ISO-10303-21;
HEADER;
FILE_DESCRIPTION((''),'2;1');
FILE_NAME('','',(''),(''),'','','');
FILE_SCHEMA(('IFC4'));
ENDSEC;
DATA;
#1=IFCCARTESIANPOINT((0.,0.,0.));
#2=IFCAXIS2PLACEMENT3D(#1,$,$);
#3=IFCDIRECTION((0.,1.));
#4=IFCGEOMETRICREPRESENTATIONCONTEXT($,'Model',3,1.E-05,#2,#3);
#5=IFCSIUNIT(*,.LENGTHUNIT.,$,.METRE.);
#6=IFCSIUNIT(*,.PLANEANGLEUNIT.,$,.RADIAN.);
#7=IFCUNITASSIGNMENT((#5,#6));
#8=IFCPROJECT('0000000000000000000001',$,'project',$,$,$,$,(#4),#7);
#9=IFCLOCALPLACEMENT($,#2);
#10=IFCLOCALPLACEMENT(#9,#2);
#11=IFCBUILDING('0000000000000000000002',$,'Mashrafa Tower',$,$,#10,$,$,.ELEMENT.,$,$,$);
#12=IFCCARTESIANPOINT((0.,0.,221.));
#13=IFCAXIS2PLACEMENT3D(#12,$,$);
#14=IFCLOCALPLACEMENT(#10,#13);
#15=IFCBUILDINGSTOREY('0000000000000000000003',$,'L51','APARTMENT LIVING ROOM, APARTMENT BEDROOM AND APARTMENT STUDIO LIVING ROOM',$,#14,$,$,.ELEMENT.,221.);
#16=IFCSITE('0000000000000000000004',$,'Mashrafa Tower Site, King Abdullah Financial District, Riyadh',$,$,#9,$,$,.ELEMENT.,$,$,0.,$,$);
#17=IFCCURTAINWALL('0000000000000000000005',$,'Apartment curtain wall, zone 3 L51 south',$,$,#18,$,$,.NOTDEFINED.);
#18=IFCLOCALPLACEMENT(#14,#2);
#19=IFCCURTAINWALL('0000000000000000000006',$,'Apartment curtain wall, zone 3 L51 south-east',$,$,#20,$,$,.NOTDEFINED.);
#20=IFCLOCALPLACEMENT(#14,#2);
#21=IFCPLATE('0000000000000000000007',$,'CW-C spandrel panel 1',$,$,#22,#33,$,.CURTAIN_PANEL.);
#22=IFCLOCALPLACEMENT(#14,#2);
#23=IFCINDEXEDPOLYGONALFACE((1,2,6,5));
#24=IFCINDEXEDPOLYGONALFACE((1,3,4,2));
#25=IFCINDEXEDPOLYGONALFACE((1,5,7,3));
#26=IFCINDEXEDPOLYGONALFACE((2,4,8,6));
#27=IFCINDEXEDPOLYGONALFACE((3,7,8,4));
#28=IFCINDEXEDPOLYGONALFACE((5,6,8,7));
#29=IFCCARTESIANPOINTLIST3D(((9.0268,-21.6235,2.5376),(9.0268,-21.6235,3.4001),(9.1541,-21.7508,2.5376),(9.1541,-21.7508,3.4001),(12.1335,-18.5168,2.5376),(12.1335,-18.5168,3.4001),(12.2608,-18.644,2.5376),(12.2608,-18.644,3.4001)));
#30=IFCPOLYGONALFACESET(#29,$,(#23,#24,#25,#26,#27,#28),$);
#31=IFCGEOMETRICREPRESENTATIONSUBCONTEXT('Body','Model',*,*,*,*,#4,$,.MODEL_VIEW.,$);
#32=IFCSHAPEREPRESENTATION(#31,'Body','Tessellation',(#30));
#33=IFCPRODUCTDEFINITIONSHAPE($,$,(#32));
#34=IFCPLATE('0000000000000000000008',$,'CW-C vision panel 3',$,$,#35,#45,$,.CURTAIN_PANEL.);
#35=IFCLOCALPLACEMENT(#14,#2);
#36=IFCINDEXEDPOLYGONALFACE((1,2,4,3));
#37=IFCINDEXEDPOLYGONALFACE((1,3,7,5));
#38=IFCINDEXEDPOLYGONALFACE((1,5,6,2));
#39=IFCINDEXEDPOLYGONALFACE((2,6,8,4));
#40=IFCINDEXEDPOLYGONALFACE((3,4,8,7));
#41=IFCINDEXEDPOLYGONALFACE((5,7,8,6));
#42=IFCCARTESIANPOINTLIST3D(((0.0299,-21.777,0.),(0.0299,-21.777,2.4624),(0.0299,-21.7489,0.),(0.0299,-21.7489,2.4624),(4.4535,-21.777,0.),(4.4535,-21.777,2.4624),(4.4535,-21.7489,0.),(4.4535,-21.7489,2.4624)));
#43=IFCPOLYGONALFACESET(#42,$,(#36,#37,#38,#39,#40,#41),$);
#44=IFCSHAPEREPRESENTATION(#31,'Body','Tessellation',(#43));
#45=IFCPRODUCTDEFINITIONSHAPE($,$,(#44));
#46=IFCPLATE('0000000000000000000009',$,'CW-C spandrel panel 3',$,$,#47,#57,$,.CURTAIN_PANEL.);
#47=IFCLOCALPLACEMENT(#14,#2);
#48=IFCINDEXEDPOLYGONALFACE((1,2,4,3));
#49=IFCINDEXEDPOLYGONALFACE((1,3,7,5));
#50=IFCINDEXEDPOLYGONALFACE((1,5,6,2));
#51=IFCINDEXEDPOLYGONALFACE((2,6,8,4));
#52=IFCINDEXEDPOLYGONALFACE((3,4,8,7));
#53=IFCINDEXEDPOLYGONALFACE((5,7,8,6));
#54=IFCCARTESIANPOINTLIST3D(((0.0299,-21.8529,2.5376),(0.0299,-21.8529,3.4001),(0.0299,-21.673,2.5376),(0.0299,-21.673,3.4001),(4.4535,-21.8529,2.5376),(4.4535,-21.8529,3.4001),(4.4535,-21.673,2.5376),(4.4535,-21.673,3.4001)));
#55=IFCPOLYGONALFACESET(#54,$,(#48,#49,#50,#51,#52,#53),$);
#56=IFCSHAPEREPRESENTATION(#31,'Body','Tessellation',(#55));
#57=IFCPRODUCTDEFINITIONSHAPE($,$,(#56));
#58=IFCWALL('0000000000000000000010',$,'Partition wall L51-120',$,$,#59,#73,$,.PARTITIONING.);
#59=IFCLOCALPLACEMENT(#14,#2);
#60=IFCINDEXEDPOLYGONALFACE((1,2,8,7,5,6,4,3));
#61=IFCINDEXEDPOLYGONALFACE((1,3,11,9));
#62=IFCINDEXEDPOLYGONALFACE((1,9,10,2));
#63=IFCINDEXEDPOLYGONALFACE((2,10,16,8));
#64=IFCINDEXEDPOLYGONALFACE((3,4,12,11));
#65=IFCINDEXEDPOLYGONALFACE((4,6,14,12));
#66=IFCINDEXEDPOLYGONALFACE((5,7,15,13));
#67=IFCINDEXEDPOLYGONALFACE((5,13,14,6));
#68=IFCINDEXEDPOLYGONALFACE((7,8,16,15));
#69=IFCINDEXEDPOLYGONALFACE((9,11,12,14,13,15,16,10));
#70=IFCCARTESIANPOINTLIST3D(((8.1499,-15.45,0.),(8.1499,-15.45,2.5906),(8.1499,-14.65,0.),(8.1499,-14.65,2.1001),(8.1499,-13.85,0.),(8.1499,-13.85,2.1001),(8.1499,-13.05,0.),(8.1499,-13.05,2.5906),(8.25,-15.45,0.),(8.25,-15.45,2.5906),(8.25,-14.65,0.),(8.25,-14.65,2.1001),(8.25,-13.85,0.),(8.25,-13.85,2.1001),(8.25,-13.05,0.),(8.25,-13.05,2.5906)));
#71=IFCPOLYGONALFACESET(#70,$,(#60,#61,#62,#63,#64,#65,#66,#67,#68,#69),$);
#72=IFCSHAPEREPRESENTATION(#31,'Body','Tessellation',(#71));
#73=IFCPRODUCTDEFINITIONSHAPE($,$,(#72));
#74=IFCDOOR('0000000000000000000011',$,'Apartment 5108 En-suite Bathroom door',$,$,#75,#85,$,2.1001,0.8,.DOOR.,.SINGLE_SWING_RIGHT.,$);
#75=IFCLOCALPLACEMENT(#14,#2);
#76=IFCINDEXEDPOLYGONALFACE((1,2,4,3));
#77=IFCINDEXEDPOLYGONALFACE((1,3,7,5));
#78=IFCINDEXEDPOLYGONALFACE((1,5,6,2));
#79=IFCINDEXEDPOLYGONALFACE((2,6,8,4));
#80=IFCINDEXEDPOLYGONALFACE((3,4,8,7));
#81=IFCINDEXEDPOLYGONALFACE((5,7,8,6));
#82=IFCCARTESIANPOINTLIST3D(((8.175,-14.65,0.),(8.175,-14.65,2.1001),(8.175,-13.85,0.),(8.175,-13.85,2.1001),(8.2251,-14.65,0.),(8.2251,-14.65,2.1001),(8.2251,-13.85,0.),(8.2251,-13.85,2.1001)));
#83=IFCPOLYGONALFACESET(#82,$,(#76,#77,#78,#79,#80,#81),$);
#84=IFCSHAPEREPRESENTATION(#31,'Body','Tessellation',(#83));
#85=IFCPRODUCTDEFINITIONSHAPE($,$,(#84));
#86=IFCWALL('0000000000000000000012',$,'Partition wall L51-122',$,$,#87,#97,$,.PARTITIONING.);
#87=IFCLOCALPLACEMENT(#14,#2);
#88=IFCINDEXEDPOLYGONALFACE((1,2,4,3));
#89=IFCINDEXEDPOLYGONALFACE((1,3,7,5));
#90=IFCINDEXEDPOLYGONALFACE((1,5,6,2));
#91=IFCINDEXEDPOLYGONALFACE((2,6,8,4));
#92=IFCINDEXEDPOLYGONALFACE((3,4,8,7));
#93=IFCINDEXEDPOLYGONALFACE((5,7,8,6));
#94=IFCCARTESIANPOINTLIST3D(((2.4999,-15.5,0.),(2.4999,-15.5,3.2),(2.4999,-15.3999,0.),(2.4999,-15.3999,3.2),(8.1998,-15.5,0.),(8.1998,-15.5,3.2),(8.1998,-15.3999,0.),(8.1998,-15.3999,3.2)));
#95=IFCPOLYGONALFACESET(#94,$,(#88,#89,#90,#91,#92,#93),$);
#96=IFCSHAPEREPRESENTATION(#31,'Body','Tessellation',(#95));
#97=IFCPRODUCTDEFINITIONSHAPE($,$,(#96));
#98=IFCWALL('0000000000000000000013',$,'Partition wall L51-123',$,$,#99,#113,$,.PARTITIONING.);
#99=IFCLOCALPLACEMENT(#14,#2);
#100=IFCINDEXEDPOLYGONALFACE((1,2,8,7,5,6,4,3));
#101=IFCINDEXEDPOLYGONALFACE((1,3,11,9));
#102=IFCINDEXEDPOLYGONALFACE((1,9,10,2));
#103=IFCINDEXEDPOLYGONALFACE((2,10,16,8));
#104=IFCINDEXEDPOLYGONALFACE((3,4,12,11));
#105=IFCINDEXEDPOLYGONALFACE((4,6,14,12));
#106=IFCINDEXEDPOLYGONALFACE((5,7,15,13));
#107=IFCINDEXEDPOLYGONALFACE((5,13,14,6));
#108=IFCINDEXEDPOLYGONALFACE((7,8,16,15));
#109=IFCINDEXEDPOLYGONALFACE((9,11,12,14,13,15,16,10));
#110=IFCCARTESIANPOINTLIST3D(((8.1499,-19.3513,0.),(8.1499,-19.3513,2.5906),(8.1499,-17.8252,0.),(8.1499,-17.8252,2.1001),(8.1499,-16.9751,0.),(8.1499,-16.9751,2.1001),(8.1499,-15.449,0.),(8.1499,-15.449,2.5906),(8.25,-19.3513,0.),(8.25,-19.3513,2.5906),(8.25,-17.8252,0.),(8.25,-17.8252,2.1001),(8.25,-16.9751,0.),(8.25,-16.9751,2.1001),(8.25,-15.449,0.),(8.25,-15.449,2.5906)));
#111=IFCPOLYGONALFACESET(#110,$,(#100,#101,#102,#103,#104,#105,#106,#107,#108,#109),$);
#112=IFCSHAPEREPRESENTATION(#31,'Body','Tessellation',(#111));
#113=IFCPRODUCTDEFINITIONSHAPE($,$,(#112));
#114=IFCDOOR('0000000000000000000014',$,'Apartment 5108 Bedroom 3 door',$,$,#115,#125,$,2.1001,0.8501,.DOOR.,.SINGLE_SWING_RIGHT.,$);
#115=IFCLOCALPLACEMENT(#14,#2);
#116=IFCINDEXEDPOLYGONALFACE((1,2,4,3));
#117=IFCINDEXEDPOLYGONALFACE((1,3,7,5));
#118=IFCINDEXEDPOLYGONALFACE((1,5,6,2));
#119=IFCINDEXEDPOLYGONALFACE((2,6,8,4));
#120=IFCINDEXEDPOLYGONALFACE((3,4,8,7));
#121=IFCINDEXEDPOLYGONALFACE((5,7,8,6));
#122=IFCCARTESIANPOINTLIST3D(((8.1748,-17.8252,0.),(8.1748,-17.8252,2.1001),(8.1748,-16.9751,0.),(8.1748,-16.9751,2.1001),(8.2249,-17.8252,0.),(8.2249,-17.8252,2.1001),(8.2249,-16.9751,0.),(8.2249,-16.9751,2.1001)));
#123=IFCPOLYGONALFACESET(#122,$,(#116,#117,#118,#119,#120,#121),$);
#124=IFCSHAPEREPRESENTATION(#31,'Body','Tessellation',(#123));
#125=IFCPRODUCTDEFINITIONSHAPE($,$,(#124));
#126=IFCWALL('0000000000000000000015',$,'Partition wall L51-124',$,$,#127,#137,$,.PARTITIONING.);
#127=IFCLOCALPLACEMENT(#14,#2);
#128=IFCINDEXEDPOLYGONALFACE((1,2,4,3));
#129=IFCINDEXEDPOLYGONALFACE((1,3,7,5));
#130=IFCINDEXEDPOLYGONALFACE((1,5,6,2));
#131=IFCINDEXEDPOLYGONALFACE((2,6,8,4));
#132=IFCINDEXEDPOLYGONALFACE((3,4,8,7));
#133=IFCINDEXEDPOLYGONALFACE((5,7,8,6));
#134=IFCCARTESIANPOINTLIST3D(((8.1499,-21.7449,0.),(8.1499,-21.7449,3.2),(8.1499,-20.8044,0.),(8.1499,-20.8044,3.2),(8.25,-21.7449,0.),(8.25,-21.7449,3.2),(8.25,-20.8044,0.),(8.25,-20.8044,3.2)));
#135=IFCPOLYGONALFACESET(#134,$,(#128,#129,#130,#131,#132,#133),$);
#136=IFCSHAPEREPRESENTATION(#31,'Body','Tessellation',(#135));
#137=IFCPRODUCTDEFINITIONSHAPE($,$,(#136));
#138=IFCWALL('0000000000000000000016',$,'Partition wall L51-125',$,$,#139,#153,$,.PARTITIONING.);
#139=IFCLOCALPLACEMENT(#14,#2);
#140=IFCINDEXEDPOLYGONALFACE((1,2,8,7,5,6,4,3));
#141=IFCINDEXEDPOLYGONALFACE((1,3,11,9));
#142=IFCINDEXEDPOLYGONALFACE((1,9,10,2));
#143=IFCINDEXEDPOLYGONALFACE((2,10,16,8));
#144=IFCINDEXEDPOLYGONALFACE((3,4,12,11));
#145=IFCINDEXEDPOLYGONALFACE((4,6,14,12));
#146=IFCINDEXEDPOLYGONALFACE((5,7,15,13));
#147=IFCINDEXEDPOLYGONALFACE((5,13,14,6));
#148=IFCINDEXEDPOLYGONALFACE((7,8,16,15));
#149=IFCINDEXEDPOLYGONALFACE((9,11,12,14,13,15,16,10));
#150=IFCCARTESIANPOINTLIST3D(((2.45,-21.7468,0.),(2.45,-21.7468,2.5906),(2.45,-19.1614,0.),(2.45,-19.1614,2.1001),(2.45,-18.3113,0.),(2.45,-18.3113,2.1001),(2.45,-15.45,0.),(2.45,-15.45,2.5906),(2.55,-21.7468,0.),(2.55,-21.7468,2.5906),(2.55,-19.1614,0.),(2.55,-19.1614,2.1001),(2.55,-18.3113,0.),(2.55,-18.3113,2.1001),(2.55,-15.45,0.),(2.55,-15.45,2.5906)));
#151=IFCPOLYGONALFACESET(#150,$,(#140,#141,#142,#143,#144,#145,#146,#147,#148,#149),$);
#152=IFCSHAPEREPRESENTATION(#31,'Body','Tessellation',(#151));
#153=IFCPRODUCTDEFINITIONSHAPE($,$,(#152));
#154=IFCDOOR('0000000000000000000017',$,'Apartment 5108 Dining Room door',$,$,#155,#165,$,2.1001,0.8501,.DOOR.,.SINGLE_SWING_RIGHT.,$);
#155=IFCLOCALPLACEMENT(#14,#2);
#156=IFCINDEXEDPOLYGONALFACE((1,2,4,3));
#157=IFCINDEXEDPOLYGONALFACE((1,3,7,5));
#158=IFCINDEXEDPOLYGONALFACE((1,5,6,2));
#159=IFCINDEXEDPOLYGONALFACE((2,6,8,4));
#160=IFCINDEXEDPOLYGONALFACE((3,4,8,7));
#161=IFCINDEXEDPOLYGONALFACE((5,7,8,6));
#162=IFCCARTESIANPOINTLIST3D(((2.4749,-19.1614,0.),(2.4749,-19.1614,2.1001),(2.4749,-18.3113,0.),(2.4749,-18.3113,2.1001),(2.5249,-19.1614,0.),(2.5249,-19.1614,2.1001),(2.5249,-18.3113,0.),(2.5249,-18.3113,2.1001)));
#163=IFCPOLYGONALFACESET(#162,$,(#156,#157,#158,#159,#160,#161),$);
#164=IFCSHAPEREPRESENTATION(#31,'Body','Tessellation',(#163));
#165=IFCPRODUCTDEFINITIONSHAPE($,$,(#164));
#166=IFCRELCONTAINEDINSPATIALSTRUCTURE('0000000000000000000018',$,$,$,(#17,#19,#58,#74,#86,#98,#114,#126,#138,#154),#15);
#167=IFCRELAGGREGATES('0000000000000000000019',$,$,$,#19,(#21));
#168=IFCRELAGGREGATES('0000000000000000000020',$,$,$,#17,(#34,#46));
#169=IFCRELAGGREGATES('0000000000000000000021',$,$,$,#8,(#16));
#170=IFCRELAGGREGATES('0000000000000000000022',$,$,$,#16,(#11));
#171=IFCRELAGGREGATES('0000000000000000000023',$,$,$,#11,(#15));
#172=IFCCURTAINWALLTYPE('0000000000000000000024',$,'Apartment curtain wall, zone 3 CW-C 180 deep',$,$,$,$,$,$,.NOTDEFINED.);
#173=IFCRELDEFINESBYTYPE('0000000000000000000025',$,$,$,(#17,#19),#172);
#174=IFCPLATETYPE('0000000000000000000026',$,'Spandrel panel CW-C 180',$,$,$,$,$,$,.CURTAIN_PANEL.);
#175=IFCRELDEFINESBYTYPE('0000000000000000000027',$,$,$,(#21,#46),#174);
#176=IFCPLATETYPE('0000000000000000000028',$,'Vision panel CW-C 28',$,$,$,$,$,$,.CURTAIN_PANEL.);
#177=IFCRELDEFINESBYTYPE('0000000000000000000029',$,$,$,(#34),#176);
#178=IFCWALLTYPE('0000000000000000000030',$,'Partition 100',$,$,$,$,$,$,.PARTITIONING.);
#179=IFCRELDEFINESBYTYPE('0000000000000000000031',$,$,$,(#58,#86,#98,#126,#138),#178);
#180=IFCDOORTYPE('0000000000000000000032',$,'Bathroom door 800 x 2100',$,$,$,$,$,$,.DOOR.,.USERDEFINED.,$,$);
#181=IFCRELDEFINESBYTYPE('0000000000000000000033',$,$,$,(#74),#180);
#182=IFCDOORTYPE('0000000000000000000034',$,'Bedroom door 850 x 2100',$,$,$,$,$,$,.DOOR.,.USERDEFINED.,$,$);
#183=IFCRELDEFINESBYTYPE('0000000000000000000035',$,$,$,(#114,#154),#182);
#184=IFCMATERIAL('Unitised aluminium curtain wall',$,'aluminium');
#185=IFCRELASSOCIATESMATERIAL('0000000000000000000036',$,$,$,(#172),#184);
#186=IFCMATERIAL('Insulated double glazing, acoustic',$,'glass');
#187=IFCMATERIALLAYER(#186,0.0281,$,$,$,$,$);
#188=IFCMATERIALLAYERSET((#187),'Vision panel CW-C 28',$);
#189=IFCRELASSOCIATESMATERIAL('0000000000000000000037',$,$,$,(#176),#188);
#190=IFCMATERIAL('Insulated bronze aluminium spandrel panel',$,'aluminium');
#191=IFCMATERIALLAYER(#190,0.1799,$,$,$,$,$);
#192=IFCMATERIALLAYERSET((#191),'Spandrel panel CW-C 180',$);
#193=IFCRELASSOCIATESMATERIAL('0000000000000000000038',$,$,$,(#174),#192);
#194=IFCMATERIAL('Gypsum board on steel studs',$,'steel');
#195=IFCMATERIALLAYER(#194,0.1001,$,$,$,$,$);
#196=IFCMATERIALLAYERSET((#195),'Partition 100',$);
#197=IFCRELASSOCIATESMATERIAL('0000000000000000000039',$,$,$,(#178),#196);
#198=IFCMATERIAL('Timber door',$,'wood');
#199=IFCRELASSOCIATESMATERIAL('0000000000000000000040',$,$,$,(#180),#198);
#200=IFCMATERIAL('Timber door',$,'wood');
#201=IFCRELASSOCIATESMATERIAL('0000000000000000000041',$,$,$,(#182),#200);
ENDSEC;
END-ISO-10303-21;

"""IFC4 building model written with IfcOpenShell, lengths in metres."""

from ifc_helpers import new_model, si_unit, direction, frame, frame_2d, origin, origin_2d, place, context, subcontext, project, spatial, rectangle, extrude, source, transform, mapped, material, layer, layer_set, type_object, type_shapes, element, fill, aggregate, save


model = new_model("IFC4")

# Units and contexts
model_context = context("Model", 3, precision=1e-05, world=origin(), true_north=direction((0.0, 1.0)))
body_context = subcontext(model_context, "Body", "Model", "MODEL_VIEW")
ifc_project = project(units=[si_unit("LENGTHUNIT", "METRE"), si_unit("PLANEANGLEUNIT", "RADIAN")], contexts=[model_context])

# Site, building, storey
site_placement = place(None, origin())
site = spatial("IfcSite", under=ifc_project, at=site_placement, Name="Mashrafa Tower Site, King Abdullah Financial District, Riyadh", CompositionType="ELEMENT", RefElevation=0.0)
building_placement = place(site_placement, origin())
building = spatial("IfcBuilding", under=site, at=building_placement, Name="Mashrafa Tower", CompositionType="ELEMENT")
storey_placement = place(building_placement, frame((0.0, 0.0, 221.0)))
storey = spatial("IfcBuildingStorey", under=building, at=storey_placement, Name="L51", Description="APARTMENT LIVING ROOM, APARTMENT BEDROOM AND APARTMENT STUDIO LIVING ROOM", CompositionType="ELEMENT", Elevation=221.0)

# Curtain wall
ifc_material_1 = material(Name="Unitised aluminium curtain wall", Category="aluminium")
curtain_wall_type = type_object("IfcCurtainWallType", Name="Apartment curtain wall, zone 3 CW-C 180 deep", PredefinedType="NOTDEFINED", material=ifc_material_1)
curtain_wall_1_placement = place(storey_placement, origin())
curtain_wall_1 = element("IfcCurtainWall", 1, at=curtain_wall_1_placement, inside=storey, type_object=curtain_wall_type, Name="Apartment curtain wall, zone 3 L51 south", PredefinedType="NOTDEFINED")

# Curtain wall
curtain_wall_2_placement = place(storey_placement, origin())
curtain_wall_2 = element("IfcCurtainWall", 2, at=curtain_wall_2_placement, inside=storey, type_object=curtain_wall_type, Name="Apartment curtain wall, zone 3 L51 south-east", PredefinedType="NOTDEFINED")

# Plates
ifc_material_2 = material(Name="Insulated double glazing, acoustic", Category="glass")
ifc_layer_1 = layer(ifc_material_2, 0.0281)
ifc_layer_set_1 = layer_set([ifc_layer_1], Name="Vision panel CW-C 28")
plate_type_1 = type_object("IfcPlateType", Name="Vision panel CW-C 28", PredefinedType="CURTAIN_PANEL", material=ifc_layer_set_1)
ifc_material_3 = material(Name="Insulated bronze aluminium spandrel panel", Category="aluminium")
ifc_layer_2 = layer(ifc_material_3, 0.1799)
ifc_layer_set_2 = layer_set([ifc_layer_2], Name="Spandrel panel CW-C 180")
plate_type_2 = type_object("IfcPlateType", Name="Spandrel panel CW-C 180", PredefinedType="CURTAIN_PANEL", material=ifc_layer_set_2)
shared_shape_1 = source(origin(), body_context, "Body", "SweptSolid", [
    extrude(rectangle(XDim=4.3936, YDim=0.1799, at=origin_2d()), origin(), (0.0, 0.0, 1.0), 0.8625),
])
plate_1_placement = place(storey_placement, frame((10.6438, -20.1338, 2.5376), z_axis=(0.0, 0.0, 1.0), x_axis=(0.707107, 0.707107, 0.0)))
plate_1 = element("IfcPlate", 3, at=plate_1_placement, type_object=plate_type_2, Name="CW-C spandrel panel 1", PredefinedType="CURTAIN_PANEL", context=body_context, shape_type="MappedRepresentation", body=[
    mapped(shared_shape_1, transform((0.0, 0.0, 0.0))),
])
aggregate(curtain_wall_2, [plate_1])
shared_shape_2 = source(origin(), body_context, "Body", "SweptSolid", [
    extrude(rectangle(XDim=4.4236, YDim=0.0281, at=origin_2d()), origin(), (0.0, 0.0, 1.0), 2.4624),
])
plate_2_placement = place(storey_placement, frame((2.2417, -21.7629, 0.0), z_axis=(0.0, 0.0, 1.0), x_axis=(1.0, 0.0, 0.0)))
plate_2 = element("IfcPlate", 4, at=plate_2_placement, type_object=plate_type_1, Name="CW-C vision panel 3", PredefinedType="CURTAIN_PANEL", context=body_context, shape_type="MappedRepresentation", body=[
    mapped(shared_shape_2, transform((0.0, 0.0, 0.0))),
])
shared_shape_3 = source(origin(), body_context, "Body", "SweptSolid", [
    extrude(rectangle(XDim=4.4236, YDim=0.1799, at=origin_2d()), origin(), (0.0, 0.0, 1.0), 0.8625),
])
type_shapes(plate_type_2, [shared_shape_1, shared_shape_3])
plate_3_placement = place(storey_placement, frame((2.2417, -21.7629, 2.5376), z_axis=(0.0, 0.0, 1.0), x_axis=(1.0, 0.0, 0.0)))
plate_3 = element("IfcPlate", 5, at=plate_3_placement, type_object=plate_type_2, Name="CW-C spandrel panel 3", PredefinedType="CURTAIN_PANEL", context=body_context, shape_type="MappedRepresentation", body=[
    mapped(shared_shape_3, transform((0.0, 0.0, 0.0))),
])
aggregate(curtain_wall_1, [plate_2, plate_3])

# Wall, opening, door
ifc_material_4 = material(Name="Gypsum board on steel studs", Category="steel")
ifc_layer_3 = layer(ifc_material_4, 0.1001)
ifc_layer_set_3 = layer_set([ifc_layer_3], Name="Partition 100")
wall_type = type_object("IfcWallType", Name="Partition 100", PredefinedType="PARTITIONING", material=ifc_layer_set_3)
wall_1_placement = place(storey_placement, frame((8.2, -15.45, 0.0), z_axis=(0.0, 0.0, 1.0), x_axis=(0.0, 1.0, 0.0)))
wall_1 = element("IfcWall", 6, at=wall_1_placement, inside=storey, type_object=wall_type, Name="Partition wall L51-120", PredefinedType="PARTITIONING", context=body_context, shape_type="SweptSolid", body=[
    extrude(rectangle(XDim=2.3999, YDim=0.1001, at=frame_2d((1.2, 0.0))), origin(), (0.0, 0.0, 1.0), 2.5906),
])
opening_1_placement = place(wall_1_placement, frame((0.8, 0.0, 0.0)))
opening_1 = element("IfcOpeningElement", 7, at=opening_1_placement, cuts=wall_1, PredefinedType="OPENING", context=body_context, shape_type="SweptSolid", body=[
    extrude(rectangle(XDim=0.8, YDim=2.1001, at=frame_2d((0.3999, 1.05))), frame((0.0, 0.0601, 0.0), z_axis=(0.0, -1.0, 0.0), x_axis=(1.0, 0.0, 0.0)), (0.0, 0.0, 1.0), 0.1201),
])
ifc_material_5 = material(Name="Timber door", Category="wood")
door_type_1 = type_object("IfcDoorType", Name="Bathroom door 800 x 2100", OperationType="USERDEFINED", PredefinedType="DOOR", material=ifc_material_5)
door_1_placement = place(opening_1_placement, origin())
door_1 = element("IfcDoor", 8, at=door_1_placement, inside=storey, type_object=door_type_1, Name="Apartment 5108 En-suite Bathroom door", OperationType="SINGLE_SWING_RIGHT", OverallHeight=2.1001, OverallWidth=0.8, PredefinedType="DOOR", context=body_context, shape_type="SweptSolid", body=[
    extrude(rectangle(XDim=0.8, YDim=2.1001, at=frame_2d((0.3999, 1.05))), frame((0.0, 0.0249, 0.0), z_axis=(0.0, -1.0, 0.0), x_axis=(1.0, 0.0, 0.0)), (0.0, 0.0, 1.0), 0.05),
])
fill(opening_1, door_1)

# Wall
wall_2_placement = place(storey_placement, frame((8.2, -15.45, 0.0), z_axis=(0.0, 0.0, 1.0), x_axis=(-1.0, 0.0, 0.0)))
element("IfcWall", 9, at=wall_2_placement, inside=storey, type_object=wall_type, Name="Partition wall L51-122", PredefinedType="PARTITIONING", context=body_context, shape_type="SweptSolid", body=[
    extrude(rectangle(XDim=5.7, YDim=0.1001, at=frame_2d((2.8501, 0.0))), origin(), (0.0, 0.0, 1.0), 3.2),
])

# Wall, opening, door
wall_3_placement = place(storey_placement, frame((8.2, -15.449, 0.0), z_axis=(0.0, 0.0, 1.0), x_axis=(0.0, -1.0, 0.0)))
wall_3 = element("IfcWall", 10, at=wall_3_placement, inside=storey, type_object=wall_type, Name="Partition wall L51-123", PredefinedType="PARTITIONING", context=body_context, shape_type="SweptSolid", body=[
    extrude(rectangle(XDim=3.9023, YDim=0.1001, at=frame_2d((1.9512, 0.0))), origin(), (0.0, 0.0, 1.0), 2.5906),
])
opening_2_placement = place(wall_3_placement, frame((1.5261, 0.0, 0.0)))
opening_2 = element("IfcOpeningElement", 11, at=opening_2_placement, cuts=wall_3, PredefinedType="OPENING", context=body_context, shape_type="SweptSolid", body=[
    extrude(rectangle(XDim=0.8501, YDim=2.1001, at=frame_2d((0.425, 1.05))), frame((0.0, 0.0601, 0.0), z_axis=(0.0, -1.0, 0.0), x_axis=(1.0, 0.0, 0.0)), (0.0, 0.0, 1.0), 0.1201),
])
ifc_material_6 = material(Name="Timber door", Category="wood")
door_type_2 = type_object("IfcDoorType", Name="Bedroom door 850 x 2100", OperationType="USERDEFINED", PredefinedType="DOOR", material=ifc_material_6)
door_2_placement = place(opening_2_placement, origin())
door_2 = element("IfcDoor", 12, at=door_2_placement, inside=storey, type_object=door_type_2, Name="Apartment 5108 Bedroom 3 door", OperationType="SINGLE_SWING_RIGHT", OverallHeight=2.1001, OverallWidth=0.8501, PredefinedType="DOOR", context=body_context, shape_type="SweptSolid", body=[
    extrude(rectangle(XDim=0.8501, YDim=2.1001, at=frame_2d((0.425, 1.05))), frame((0.0, 0.0249, 0.0), z_axis=(0.0, -1.0, 0.0), x_axis=(1.0, 0.0, 0.0)), (0.0, 0.0, 1.0), 0.05),
])
fill(opening_2, door_2)

# Wall
wall_4_placement = place(storey_placement, frame((8.2, -20.8044, 0.0), z_axis=(0.0, 0.0, 1.0), x_axis=(0.0, -1.0, 0.0)))
element("IfcWall", 13, at=wall_4_placement, inside=storey, type_object=wall_type, Name="Partition wall L51-124", PredefinedType="PARTITIONING", context=body_context, shape_type="SweptSolid", body=[
    extrude(rectangle(XDim=0.9404, YDim=0.1001, at=frame_2d((0.4702, 0.0))), origin(), (0.0, 0.0, 1.0), 3.2),
])

# Wall, opening, door
wall_5_placement = place(storey_placement, frame((2.5, -21.7468, 0.0), z_axis=(0.0, 0.0, 1.0), x_axis=(0.0, 1.0, 0.0)))
wall_5 = element("IfcWall", 14, at=wall_5_placement, inside=storey, type_object=wall_type, Name="Partition wall L51-125", PredefinedType="PARTITIONING", context=body_context, shape_type="SweptSolid", body=[
    extrude(rectangle(XDim=6.2969, YDim=0.1001, at=frame_2d((3.1484, 0.0))), origin(), (0.0, 0.0, 1.0), 2.5906),
])
opening_3_placement = place(wall_5_placement, frame((2.5854, 0.0, 0.0)))
opening_3 = element("IfcOpeningElement", 15, at=opening_3_placement, cuts=wall_5, PredefinedType="OPENING", context=body_context, shape_type="SweptSolid", body=[
    extrude(rectangle(XDim=0.8501, YDim=2.1001, at=frame_2d((0.425, 1.05))), frame((0.0, 0.0601, 0.0), z_axis=(0.0, -1.0, 0.0), x_axis=(1.0, 0.0, 0.0)), (0.0, 0.0, 1.0), 0.1201),
])
door_3_placement = place(opening_3_placement, frame((0.8501, 0.0, 0.0), z_axis=(0.0, 0.0, 1.0), x_axis=(-1.0, 0.0, 0.0)))
door_3 = element("IfcDoor", 16, at=door_3_placement, inside=storey, type_object=door_type_2, Name="Apartment 5108 Dining Room door", OperationType="SINGLE_SWING_RIGHT", OverallHeight=2.1001, OverallWidth=0.8501, PredefinedType="DOOR", context=body_context, shape_type="SweptSolid", body=[
    extrude(rectangle(XDim=0.8501, YDim=2.1001, at=frame_2d((0.425, 1.05))), frame((0.0, 0.0249, 0.0), z_axis=(0.0, -1.0, 0.0), x_axis=(1.0, 0.0, 0.0)), (0.0, 0.0, 1.0), 0.05),
])
fill(opening_3, door_3)

save(model, "model.ifc")
